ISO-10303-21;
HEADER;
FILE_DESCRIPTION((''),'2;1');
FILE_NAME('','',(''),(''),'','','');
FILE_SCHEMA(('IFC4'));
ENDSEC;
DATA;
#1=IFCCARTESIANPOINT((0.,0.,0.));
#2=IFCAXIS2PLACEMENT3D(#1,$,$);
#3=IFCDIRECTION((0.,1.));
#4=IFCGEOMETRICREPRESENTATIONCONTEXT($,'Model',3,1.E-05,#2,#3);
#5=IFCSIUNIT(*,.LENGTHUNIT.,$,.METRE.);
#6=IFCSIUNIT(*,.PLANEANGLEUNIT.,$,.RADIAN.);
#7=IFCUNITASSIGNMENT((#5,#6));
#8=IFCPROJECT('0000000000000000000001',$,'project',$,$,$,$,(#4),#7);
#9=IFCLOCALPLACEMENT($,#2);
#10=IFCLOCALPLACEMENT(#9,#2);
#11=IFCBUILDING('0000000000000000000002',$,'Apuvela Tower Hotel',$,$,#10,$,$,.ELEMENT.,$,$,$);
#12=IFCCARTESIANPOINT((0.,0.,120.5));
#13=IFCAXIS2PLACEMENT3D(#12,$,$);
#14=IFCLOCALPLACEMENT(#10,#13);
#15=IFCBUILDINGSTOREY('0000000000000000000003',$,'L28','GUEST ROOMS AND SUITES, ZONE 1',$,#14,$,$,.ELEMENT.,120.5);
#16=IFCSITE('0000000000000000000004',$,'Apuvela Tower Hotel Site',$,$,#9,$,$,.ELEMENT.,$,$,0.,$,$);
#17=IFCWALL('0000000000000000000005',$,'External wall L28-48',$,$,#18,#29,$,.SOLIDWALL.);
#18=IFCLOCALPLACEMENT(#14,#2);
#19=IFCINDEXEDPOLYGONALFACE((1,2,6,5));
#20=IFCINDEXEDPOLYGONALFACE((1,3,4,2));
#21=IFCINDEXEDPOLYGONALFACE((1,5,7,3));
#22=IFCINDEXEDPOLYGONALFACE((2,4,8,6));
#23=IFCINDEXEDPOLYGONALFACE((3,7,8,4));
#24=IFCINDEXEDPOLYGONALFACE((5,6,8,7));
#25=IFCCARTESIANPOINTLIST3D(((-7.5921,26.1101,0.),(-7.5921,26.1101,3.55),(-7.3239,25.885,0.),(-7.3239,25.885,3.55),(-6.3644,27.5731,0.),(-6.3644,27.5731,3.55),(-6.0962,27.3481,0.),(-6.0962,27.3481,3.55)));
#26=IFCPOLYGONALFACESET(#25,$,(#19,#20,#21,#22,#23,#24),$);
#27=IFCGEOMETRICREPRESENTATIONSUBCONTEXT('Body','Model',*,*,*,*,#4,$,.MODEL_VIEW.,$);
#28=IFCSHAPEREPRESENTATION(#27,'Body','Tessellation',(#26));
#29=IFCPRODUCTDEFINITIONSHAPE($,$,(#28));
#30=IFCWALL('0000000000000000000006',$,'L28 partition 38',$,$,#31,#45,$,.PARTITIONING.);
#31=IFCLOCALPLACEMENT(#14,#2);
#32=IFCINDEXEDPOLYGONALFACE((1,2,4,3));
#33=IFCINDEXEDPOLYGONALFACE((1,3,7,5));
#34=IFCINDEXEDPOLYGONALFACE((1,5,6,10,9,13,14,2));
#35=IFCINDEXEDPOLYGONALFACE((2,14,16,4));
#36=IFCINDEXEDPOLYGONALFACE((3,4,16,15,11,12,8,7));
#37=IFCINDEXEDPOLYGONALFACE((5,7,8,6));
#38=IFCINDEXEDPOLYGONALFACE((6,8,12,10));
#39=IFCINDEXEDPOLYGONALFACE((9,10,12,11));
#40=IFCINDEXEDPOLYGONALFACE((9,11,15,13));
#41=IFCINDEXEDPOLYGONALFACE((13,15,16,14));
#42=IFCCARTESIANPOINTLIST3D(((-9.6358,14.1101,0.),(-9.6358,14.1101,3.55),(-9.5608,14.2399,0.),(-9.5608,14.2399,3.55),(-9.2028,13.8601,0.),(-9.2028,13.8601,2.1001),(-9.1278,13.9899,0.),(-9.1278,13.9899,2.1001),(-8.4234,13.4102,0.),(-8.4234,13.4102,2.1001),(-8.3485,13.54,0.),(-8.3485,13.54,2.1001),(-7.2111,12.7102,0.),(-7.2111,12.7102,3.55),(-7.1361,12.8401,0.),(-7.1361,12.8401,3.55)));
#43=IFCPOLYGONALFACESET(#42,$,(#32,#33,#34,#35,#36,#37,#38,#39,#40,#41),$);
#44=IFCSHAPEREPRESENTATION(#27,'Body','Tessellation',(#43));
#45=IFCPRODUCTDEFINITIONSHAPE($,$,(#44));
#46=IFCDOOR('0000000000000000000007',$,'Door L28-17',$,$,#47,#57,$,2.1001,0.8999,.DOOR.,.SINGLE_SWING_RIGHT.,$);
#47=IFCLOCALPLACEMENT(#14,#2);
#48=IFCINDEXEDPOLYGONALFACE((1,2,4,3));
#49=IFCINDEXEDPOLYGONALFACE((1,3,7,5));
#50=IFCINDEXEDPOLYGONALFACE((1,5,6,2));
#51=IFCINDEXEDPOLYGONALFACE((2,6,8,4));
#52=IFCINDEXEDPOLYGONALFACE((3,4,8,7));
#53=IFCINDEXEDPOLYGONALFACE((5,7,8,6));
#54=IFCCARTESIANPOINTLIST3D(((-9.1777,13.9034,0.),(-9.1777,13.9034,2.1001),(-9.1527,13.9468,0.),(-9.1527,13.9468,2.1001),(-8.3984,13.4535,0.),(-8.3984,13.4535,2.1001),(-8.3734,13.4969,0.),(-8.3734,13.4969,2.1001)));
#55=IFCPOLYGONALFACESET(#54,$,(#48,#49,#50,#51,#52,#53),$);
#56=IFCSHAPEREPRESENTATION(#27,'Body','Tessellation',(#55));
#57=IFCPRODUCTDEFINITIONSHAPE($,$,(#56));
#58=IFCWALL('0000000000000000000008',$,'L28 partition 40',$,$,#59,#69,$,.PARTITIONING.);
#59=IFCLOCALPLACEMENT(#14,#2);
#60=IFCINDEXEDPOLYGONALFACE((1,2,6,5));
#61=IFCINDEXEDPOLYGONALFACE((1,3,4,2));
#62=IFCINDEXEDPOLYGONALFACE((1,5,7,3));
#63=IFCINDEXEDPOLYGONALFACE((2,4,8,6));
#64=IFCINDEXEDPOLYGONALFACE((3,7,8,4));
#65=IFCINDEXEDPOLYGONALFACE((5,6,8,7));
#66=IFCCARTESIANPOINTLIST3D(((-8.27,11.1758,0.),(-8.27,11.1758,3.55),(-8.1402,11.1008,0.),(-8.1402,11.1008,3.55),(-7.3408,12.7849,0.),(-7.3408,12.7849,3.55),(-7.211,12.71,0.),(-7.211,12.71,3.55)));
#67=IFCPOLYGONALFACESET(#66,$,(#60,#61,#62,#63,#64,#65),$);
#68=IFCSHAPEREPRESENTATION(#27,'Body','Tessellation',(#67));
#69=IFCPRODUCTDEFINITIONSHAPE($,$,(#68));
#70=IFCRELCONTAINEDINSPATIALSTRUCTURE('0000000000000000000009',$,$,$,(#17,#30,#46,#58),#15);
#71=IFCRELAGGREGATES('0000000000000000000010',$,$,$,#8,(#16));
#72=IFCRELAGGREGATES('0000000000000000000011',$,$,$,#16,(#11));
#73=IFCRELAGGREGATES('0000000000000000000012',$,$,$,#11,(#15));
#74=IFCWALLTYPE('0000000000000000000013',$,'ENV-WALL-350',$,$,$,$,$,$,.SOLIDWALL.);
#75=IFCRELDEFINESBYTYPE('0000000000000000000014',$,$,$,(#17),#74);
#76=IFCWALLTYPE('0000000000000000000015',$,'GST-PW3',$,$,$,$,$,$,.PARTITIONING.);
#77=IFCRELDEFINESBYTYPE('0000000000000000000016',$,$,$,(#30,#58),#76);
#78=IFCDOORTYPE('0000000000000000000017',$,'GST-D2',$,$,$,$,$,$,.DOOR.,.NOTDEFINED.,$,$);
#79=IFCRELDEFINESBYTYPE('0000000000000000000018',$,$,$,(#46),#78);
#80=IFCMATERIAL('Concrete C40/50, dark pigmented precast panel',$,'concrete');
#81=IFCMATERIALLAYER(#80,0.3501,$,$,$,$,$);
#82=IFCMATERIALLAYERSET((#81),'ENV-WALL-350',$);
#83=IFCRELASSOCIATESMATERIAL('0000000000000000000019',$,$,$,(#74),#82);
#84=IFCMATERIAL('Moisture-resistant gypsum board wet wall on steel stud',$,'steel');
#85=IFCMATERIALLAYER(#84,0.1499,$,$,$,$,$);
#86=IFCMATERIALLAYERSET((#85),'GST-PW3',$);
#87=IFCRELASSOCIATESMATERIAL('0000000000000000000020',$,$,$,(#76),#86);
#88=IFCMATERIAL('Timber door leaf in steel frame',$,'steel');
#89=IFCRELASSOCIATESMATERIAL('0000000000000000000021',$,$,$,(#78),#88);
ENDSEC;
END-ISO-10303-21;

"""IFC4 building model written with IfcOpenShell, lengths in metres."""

from ifc_helpers import new_model, si_unit, direction, frame, frame_2d, origin, place, context, subcontext, project, spatial, rectangle, extrude, material, layer, layer_set, type_object, element, fill, save


model = new_model("IFC4")

# Units and contexts
model_context = context("Model", 3, precision=1e-05, world=origin(), true_north=direction((0.0, 1.0)))
body_context = subcontext(model_context, "Body", "Model", "MODEL_VIEW")
ifc_project = project(units=[si_unit("LENGTHUNIT", "METRE"), si_unit("PLANEANGLEUNIT", "RADIAN")], contexts=[model_context])

# Site, building, storey
site_placement = place(None, origin())
site = spatial("IfcSite", under=ifc_project, at=site_placement, Name="Apuvela Tower Hotel Site", CompositionType="ELEMENT", RefElevation=0.0)
building_placement = place(site_placement, origin())
building = spatial("IfcBuilding", under=site, at=building_placement, Name="Apuvela Tower Hotel", CompositionType="ELEMENT")
storey_placement = place(building_placement, frame((0.0, 0.0, 120.5)))
storey = spatial("IfcBuildingStorey", under=building, at=storey_placement, Name="L28", Description="GUEST ROOMS AND SUITES, ZONE 1", CompositionType="ELEMENT", Elevation=120.5)

# Shared definitions
ifc_material_1 = material(Name="Concrete C40/50, dark pigmented precast panel", Category="concrete")
ifc_layer_1 = layer(ifc_material_1, 0.3501)
ifc_layer_set_1 = layer_set([ifc_layer_1], Name="ENV-WALL-350")
wall_type_1 = type_object("IfcWallType", Name="ENV-WALL-350", PredefinedType="SOLIDWALL", material=ifc_layer_set_1)

# Wall
wall_1_placement = place(storey_placement, frame((-6.2302, 27.4607, 0.0), z_axis=(0.0, 0.0, 1.0), x_axis=(-0.642808, -0.766027, 0.0)))
element("IfcWall", 1, at=wall_1_placement, inside=storey, type_object=wall_type_1, Name="External wall L28-48", PredefinedType="SOLIDWALL", context=body_context, shape_type="SweptSolid", body=[
    extrude(rectangle(XDim=1.9099, YDim=0.3501, at=frame_2d((0.9551, 0.0))), origin(), (0.0, 0.0, 1.0), 3.55),
])

# Wall, opening, door
ifc_material_2 = material(Name="Moisture-resistant gypsum board wet wall on steel stud", Category="steel")
ifc_layer_2 = layer(ifc_material_2, 0.1499)
ifc_layer_set_2 = layer_set([ifc_layer_2], Name="GST-PW3")
wall_type_2 = type_object("IfcWallType", Name="GST-PW3", PredefinedType="PARTITIONING", material=ifc_layer_set_2)
wall_2_placement = place(storey_placement, frame((-7.1736, 12.7751, 0.0), z_axis=(0.0, 0.0, 1.0), x_axis=(-0.866035, 0.499984, 0.0)))
wall_2 = element("IfcWall", 2, at=wall_2_placement, inside=storey, type_object=wall_type_2, Name="L28 partition 38", PredefinedType="PARTITIONING", context=body_context, shape_type="SweptSolid", body=[
    extrude(rectangle(XDim=2.7998, YDim=0.1499, at=frame_2d((1.3999, 0.0))), origin(), (0.0, 0.0, 1.0), 3.55),
])
opening_1_placement = place(wall_2_placement, frame((1.3999, 0.0, 0.0)))
opening_1 = element("IfcOpeningElement", 3, at=opening_1_placement, cuts=wall_2, PredefinedType="OPENING", context=body_context, shape_type="SweptSolid", body=[
    extrude(rectangle(XDim=0.8999, YDim=2.1001, at=frame_2d((0.45, 1.05))), frame((0.0, 0.085, 0.0), z_axis=(0.0, -1.0, 0.0), x_axis=(1.0, 0.0, 0.0)), (0.0, 0.0, 1.0), 0.1699),
])
ifc_material_3 = material(Name="Timber door leaf in steel frame", Category="steel")
door_type_1 = type_object("IfcDoorType", Name="GST-D2", OperationType="NOTDEFINED", PredefinedType="DOOR", material=ifc_material_3)
door_1_placement = place(opening_1_placement, origin())
door_1 = element("IfcDoor", 4, at=door_1_placement, inside=storey, type_object=door_type_1, Name="Door L28-17", OperationType="SINGLE_SWING_RIGHT", OverallHeight=2.1001, OverallWidth=0.8999, PredefinedType="DOOR", context=body_context, shape_type="SweptSolid", body=[
    extrude(rectangle(XDim=0.8999, YDim=2.1001, at=frame_2d((0.45, 1.05))), frame((0.0, 0.0249, 0.0), z_axis=(0.0, -1.0, 0.0), x_axis=(1.0, 0.0, 0.0)), (0.0, 0.0, 1.0), 0.05),
])
fill(opening_1, door_1)

# Wall
wall_3_placement = place(storey_placement, frame((-7.2759, 12.7476, 0.0), z_axis=(0.0, 0.0, 1.0), x_axis=(-0.500067, -0.865986, 0.0)))
element("IfcWall", 5, at=wall_3_placement, inside=storey, type_object=wall_type_2, Name="L28 partition 40", PredefinedType="PARTITIONING", context=body_context, shape_type="SweptSolid", body=[
    extrude(rectangle(XDim=1.8582, YDim=0.1499, at=frame_2d((0.9292, 0.0))), origin(), (0.0, 0.0, 1.0), 3.55),
])

save(model, "model.ifc")
